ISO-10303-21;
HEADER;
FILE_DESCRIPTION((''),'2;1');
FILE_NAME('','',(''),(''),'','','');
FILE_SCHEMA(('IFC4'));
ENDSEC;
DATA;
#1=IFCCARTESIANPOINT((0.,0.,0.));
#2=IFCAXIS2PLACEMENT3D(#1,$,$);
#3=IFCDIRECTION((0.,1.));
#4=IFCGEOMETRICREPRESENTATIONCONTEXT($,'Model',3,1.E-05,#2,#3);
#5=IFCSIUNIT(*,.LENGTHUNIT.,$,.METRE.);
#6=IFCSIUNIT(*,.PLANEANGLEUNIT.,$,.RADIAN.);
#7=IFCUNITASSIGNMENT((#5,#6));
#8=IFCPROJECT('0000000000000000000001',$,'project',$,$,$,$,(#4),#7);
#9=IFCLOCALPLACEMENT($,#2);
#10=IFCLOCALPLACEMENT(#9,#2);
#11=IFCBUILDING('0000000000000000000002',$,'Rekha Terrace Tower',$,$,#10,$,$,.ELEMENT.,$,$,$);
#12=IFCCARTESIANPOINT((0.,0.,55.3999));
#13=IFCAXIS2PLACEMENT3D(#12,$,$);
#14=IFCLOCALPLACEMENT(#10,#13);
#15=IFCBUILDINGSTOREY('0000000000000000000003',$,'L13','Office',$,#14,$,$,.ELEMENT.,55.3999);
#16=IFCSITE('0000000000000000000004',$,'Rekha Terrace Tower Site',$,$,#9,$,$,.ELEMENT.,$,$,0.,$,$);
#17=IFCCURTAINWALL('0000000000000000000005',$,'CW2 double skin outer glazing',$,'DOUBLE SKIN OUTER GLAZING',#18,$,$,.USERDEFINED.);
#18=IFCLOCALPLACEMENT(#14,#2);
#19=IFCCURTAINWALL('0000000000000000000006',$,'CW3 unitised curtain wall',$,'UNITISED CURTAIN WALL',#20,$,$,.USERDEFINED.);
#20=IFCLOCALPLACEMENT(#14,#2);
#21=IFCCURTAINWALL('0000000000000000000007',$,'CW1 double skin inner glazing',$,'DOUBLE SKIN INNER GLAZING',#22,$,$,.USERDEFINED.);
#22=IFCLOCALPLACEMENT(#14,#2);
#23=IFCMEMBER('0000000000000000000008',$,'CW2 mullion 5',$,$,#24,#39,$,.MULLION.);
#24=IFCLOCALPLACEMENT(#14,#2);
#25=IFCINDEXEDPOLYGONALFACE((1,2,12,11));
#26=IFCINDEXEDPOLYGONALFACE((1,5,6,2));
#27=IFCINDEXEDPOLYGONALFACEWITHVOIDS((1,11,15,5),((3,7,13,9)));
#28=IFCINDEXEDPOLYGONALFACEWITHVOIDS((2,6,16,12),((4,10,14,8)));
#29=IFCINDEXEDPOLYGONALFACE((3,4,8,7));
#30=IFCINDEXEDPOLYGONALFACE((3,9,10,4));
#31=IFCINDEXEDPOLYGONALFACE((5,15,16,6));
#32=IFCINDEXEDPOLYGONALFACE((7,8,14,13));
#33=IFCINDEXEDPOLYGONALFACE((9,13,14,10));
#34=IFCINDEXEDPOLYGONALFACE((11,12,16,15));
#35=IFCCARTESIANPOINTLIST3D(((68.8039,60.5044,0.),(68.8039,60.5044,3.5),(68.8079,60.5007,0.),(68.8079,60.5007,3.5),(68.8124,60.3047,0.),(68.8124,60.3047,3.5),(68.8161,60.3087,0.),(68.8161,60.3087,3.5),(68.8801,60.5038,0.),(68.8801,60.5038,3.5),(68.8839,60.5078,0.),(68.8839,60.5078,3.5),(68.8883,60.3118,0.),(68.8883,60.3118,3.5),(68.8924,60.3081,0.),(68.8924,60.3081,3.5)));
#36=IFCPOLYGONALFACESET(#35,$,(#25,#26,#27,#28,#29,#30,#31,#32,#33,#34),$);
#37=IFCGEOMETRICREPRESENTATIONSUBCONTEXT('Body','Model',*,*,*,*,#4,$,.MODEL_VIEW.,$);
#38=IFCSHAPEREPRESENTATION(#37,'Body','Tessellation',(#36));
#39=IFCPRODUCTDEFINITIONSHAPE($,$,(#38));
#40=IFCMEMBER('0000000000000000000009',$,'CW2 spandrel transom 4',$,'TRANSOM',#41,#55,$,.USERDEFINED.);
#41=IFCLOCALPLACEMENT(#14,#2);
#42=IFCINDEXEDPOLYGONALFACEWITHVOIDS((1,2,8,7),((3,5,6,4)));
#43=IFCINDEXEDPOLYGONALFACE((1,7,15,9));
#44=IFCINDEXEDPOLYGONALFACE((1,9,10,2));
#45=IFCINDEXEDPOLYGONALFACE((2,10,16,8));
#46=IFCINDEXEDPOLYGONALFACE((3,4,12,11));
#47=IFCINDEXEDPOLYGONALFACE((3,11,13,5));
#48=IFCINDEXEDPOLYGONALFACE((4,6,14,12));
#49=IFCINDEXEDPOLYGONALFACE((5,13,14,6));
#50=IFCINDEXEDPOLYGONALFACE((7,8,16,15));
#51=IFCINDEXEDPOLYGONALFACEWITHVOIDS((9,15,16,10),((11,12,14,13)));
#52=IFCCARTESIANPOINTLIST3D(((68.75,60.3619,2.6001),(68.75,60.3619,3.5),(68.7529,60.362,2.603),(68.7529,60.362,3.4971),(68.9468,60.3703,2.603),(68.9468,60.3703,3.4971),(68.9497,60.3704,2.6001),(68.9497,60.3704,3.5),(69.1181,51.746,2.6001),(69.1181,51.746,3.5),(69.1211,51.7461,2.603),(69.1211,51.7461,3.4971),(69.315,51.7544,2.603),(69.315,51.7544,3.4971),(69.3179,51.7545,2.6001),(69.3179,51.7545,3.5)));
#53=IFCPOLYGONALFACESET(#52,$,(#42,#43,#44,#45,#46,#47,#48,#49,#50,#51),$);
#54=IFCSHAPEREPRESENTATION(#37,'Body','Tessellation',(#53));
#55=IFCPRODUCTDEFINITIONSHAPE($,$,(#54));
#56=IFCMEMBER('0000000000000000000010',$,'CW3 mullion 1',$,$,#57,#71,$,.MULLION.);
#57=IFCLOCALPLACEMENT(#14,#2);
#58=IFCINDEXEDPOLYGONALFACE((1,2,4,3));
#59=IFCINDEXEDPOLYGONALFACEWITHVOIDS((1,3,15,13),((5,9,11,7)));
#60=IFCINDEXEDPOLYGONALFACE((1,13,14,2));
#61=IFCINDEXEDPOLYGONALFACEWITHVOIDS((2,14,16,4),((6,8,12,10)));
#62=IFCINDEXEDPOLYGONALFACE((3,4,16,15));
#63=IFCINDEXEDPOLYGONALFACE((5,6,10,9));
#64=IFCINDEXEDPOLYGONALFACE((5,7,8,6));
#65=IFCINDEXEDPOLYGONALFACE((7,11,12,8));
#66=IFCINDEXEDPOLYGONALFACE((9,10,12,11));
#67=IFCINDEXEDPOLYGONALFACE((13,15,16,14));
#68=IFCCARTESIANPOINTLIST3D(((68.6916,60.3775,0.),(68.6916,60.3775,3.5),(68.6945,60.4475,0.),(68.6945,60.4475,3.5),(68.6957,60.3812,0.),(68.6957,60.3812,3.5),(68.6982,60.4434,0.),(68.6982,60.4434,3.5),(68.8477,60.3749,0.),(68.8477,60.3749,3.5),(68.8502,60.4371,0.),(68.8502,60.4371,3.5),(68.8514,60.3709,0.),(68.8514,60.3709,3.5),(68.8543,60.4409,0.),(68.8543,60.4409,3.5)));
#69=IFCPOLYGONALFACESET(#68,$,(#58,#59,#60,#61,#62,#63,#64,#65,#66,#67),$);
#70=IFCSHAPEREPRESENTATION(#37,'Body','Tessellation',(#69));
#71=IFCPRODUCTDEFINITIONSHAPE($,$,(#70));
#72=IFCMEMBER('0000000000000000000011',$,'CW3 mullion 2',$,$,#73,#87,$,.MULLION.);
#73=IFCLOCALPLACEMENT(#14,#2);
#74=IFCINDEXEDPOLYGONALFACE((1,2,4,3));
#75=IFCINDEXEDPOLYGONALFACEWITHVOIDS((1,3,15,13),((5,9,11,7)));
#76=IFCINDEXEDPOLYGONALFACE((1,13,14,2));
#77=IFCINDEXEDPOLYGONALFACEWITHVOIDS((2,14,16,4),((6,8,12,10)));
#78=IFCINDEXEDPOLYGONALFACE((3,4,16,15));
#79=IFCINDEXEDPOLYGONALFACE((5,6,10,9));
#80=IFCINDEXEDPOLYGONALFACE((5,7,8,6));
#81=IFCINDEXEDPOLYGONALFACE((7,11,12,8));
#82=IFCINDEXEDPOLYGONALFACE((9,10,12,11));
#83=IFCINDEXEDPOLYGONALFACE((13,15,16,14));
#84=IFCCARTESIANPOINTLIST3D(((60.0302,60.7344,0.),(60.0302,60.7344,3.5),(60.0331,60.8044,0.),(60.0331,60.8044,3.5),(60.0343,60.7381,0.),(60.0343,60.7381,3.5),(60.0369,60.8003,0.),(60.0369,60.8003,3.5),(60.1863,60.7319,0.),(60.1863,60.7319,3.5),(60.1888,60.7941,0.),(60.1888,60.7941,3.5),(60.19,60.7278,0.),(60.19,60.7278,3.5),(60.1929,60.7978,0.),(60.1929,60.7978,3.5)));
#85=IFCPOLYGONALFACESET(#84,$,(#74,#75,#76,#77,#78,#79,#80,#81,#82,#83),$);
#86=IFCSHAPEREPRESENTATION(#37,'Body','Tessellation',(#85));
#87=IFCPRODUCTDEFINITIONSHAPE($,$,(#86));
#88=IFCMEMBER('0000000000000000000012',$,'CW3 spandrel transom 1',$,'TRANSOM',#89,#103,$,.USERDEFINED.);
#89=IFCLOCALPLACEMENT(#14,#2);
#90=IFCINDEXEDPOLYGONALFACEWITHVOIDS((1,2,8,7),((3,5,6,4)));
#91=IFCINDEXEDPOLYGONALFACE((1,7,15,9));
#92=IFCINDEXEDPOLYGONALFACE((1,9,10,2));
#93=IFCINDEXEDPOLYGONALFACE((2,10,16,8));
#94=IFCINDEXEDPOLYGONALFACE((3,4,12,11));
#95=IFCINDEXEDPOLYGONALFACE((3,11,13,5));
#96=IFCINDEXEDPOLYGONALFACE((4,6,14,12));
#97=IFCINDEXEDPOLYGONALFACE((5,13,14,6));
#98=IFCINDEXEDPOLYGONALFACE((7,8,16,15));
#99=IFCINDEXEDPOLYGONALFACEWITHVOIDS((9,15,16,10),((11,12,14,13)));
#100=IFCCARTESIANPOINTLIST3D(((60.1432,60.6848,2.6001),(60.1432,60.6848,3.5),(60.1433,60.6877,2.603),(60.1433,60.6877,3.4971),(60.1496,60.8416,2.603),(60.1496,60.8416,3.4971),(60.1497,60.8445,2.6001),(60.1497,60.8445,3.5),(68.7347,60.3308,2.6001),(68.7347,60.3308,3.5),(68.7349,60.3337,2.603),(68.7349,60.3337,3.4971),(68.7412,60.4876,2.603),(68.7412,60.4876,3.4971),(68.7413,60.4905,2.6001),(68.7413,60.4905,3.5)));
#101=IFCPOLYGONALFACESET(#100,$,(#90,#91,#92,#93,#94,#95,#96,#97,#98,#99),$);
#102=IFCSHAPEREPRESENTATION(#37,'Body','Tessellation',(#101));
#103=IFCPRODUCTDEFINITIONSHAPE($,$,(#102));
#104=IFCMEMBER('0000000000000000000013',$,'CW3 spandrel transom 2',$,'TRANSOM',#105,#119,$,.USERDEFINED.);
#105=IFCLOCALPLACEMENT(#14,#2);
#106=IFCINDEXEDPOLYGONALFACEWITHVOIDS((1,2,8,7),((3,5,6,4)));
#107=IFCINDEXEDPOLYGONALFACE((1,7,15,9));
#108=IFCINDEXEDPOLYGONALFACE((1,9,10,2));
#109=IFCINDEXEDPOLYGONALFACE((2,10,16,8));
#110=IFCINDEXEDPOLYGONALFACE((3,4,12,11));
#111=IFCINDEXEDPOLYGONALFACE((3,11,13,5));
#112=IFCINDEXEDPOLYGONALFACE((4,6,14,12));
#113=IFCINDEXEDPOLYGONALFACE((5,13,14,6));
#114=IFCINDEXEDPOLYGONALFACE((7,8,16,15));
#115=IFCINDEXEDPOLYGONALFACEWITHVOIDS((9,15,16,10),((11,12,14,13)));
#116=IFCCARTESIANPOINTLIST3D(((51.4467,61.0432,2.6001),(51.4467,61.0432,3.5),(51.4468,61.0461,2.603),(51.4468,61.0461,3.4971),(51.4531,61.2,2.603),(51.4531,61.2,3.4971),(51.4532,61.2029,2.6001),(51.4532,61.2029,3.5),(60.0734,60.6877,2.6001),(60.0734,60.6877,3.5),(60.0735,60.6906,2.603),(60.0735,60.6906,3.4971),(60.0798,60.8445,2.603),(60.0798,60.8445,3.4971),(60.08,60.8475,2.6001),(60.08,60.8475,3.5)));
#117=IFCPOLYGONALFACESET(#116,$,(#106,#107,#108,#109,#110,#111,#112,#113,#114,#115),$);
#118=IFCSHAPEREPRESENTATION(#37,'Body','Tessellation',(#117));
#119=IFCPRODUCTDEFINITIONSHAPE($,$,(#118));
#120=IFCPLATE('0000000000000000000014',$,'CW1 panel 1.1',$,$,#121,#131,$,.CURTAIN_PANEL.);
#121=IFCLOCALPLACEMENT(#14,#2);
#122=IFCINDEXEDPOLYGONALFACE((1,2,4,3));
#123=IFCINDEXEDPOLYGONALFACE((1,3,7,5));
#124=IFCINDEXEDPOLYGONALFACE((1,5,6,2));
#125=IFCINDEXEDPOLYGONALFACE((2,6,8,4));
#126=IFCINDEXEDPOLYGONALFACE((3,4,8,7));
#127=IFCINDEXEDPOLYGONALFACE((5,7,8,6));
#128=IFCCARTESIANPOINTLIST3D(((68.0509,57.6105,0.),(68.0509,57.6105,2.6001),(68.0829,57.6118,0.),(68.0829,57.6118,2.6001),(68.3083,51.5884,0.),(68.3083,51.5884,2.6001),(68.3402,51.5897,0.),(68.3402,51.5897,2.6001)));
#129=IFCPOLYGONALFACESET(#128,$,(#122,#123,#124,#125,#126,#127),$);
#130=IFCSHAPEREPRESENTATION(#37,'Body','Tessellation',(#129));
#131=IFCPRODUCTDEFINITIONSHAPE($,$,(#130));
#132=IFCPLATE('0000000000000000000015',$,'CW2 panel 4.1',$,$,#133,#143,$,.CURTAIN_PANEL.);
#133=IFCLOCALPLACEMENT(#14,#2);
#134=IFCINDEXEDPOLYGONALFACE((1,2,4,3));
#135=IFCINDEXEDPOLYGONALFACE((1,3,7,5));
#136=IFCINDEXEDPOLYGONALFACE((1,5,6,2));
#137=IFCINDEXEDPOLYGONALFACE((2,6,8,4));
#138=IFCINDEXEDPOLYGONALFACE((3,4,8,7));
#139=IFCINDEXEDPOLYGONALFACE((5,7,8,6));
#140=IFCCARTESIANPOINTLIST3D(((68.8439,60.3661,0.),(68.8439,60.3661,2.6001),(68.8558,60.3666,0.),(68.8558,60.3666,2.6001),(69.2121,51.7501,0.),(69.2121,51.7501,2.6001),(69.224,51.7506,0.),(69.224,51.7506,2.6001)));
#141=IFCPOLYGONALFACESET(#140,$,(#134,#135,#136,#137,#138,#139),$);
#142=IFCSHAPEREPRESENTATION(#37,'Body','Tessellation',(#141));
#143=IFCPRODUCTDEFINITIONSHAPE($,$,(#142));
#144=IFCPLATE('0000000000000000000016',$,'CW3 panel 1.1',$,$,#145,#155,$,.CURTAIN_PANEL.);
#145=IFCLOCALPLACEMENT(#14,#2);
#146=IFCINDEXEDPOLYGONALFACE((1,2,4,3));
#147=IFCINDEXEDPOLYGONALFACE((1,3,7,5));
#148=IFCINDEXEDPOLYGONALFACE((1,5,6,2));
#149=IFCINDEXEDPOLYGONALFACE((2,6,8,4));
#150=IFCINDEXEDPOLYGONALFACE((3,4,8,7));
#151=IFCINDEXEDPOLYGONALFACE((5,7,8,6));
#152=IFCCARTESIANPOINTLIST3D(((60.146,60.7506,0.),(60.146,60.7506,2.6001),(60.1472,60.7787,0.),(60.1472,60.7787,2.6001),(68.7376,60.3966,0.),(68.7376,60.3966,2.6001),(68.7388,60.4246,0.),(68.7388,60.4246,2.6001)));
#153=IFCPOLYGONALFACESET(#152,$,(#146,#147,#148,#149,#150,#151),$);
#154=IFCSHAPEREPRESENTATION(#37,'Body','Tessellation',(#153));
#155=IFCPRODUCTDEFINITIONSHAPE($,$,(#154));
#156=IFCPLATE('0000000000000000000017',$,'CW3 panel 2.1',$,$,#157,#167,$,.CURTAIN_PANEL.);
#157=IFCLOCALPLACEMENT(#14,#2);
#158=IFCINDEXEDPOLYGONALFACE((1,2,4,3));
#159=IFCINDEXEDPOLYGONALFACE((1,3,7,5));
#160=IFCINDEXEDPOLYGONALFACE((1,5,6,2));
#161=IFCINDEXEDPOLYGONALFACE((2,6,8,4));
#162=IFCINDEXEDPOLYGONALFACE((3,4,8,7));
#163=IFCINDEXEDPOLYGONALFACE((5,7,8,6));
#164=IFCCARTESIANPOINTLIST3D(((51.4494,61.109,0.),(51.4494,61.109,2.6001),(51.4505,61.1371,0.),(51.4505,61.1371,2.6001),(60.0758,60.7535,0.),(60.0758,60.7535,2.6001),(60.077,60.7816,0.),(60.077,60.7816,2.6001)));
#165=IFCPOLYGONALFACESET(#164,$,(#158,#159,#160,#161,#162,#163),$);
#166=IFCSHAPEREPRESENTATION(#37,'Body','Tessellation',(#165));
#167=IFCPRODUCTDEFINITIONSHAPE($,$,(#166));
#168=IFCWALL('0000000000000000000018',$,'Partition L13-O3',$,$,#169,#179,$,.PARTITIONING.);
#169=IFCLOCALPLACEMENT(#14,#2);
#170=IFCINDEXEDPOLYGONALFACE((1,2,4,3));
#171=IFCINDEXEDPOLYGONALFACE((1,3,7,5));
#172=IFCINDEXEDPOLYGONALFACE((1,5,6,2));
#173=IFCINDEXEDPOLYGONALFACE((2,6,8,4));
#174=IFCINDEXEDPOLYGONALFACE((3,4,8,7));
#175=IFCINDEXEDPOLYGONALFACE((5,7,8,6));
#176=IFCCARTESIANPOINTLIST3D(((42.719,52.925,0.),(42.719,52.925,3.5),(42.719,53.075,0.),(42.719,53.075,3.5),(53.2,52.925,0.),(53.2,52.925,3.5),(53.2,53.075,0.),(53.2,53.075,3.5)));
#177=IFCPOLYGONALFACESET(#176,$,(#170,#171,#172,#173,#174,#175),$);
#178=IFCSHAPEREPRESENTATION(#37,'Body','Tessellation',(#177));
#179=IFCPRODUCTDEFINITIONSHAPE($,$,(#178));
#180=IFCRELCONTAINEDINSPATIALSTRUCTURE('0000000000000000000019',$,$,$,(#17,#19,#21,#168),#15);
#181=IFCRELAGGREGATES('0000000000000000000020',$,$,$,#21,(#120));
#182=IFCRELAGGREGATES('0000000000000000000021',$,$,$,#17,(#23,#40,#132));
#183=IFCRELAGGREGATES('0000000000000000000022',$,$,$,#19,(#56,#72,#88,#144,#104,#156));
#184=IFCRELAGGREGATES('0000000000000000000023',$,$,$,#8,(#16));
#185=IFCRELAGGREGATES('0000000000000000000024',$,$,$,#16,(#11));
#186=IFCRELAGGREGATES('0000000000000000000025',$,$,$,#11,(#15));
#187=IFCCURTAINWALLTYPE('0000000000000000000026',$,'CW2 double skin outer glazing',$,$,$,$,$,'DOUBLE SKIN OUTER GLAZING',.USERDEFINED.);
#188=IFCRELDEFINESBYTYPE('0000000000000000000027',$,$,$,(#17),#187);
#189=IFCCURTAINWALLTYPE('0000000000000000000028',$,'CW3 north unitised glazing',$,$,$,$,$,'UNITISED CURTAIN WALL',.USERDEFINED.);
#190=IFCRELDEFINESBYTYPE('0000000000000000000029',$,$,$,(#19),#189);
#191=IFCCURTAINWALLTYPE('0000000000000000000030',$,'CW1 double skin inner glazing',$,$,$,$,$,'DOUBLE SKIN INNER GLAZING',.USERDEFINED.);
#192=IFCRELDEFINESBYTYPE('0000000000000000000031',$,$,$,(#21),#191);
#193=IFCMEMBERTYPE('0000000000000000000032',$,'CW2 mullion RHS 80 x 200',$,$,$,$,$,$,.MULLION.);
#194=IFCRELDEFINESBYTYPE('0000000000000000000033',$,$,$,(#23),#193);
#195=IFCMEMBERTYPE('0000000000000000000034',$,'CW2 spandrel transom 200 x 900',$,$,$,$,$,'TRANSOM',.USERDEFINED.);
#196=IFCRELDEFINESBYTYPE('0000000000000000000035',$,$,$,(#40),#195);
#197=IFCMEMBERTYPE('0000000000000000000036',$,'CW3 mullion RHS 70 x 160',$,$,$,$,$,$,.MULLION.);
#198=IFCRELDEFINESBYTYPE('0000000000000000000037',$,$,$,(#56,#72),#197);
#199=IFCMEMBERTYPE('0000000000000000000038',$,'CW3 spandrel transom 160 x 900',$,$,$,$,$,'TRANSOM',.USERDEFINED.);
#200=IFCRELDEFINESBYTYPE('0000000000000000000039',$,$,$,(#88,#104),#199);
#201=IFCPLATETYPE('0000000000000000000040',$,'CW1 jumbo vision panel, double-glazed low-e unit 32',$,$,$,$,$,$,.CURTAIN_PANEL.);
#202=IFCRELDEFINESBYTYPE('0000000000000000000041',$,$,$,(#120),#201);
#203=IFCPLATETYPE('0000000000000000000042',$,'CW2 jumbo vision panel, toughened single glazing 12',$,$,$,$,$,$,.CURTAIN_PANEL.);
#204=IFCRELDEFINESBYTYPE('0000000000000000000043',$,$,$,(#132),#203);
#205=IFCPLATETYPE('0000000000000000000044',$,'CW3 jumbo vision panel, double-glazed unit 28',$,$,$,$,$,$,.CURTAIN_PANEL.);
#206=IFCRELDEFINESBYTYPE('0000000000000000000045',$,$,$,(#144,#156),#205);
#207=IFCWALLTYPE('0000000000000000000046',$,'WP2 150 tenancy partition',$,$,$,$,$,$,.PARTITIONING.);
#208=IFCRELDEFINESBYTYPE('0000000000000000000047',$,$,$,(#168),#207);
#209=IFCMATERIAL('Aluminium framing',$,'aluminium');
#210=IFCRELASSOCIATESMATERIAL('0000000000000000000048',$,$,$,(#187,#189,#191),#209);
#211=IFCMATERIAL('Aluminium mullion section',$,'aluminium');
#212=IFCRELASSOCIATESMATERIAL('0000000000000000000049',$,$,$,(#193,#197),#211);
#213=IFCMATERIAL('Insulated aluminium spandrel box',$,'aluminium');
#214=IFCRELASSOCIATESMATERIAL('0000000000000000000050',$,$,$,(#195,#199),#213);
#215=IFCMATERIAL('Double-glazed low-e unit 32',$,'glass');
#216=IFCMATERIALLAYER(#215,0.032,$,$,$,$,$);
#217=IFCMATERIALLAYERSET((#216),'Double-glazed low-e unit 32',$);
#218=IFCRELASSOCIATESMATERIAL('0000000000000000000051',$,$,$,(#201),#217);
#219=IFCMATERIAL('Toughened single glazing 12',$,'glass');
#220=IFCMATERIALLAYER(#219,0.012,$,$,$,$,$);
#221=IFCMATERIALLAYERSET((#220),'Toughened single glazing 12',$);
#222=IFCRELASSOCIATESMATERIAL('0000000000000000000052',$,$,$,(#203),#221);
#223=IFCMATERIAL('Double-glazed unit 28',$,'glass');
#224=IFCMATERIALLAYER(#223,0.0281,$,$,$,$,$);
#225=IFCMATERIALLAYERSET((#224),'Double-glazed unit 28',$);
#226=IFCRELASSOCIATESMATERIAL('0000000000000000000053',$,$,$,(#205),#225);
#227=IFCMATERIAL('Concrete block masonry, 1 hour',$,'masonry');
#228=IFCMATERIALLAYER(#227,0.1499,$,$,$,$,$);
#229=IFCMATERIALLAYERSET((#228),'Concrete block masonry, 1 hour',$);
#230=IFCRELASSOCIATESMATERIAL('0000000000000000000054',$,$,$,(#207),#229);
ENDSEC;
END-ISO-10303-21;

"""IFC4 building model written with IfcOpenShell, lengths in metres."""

from ifc_helpers import new_model, si_unit, direction, frame, frame_2d, origin, origin_2d, place, context, subcontext, project, spatial, rectangle, hollow_rectangle, extrude, material, layer, layer_set, material_profile, profile_set, type_object, element, aggregate, save


model = new_model("IFC4")

# Units and contexts
model_context = context("Model", 3, precision=1e-05, world=origin(), true_north=direction((0.0, 1.0)))
body_context = subcontext(model_context, "Body", "Model", "MODEL_VIEW")
ifc_project = project(units=[si_unit("LENGTHUNIT", "METRE"), si_unit("PLANEANGLEUNIT", "RADIAN")], contexts=[model_context])

# Site, building, storey
site_placement = place(None, origin())
site = spatial("IfcSite", under=ifc_project, at=site_placement, Name="Rekha Terrace Tower Site", CompositionType="ELEMENT", RefElevation=0.0)
building_placement = place(site_placement, origin())
building = spatial("IfcBuilding", under=site, at=building_placement, Name="Rekha Terrace Tower", CompositionType="ELEMENT")
storey_placement = place(building_placement, frame((0.0, 0.0, 55.3999)))
storey = spatial("IfcBuildingStorey", under=building, at=storey_placement, Name="L13", Description="Office", CompositionType="ELEMENT", Elevation=55.3999)

# Curtain wall
ifc_material_1 = material(Name="Aluminium framing", Category="aluminium")
curtain_wall_type_1 = type_object("IfcCurtainWallType", Name="CW2 double skin outer glazing", ElementType="DOUBLE SKIN OUTER GLAZING", PredefinedType="USERDEFINED", material=ifc_material_1)
curtain_wall_1_placement = place(storey_placement, origin())
curtain_wall_1 = element("IfcCurtainWall", 1, at=curtain_wall_1_placement, inside=storey, type_object=curtain_wall_type_1, Name="CW2 double skin outer glazing", ObjectType="DOUBLE SKIN OUTER GLAZING", PredefinedType="USERDEFINED")

# Curtain wall
curtain_wall_type_2 = type_object("IfcCurtainWallType", Name="CW3 north unitised glazing", ElementType="UNITISED CURTAIN WALL", PredefinedType="USERDEFINED", material=ifc_material_1)
curtain_wall_2_placement = place(storey_placement, origin())
curtain_wall_2 = element("IfcCurtainWall", 2, at=curtain_wall_2_placement, inside=storey, type_object=curtain_wall_type_2, Name="CW3 unitised curtain wall", ObjectType="UNITISED CURTAIN WALL", PredefinedType="USERDEFINED")

# Shared definitions
curtain_wall_type_3 = type_object("IfcCurtainWallType", Name="CW1 double skin inner glazing", ElementType="DOUBLE SKIN INNER GLAZING", PredefinedType="USERDEFINED", material=ifc_material_1)
ifc_material_2 = material(Name="Aluminium mullion section", Category="aluminium")

# Curtain wall
curtain_wall_3_placement = place(storey_placement, origin())
curtain_wall_3 = element("IfcCurtainWall", 3, at=curtain_wall_3_placement, inside=storey, type_object=curtain_wall_type_3, Name="CW1 double skin inner glazing", ObjectType="DOUBLE SKIN INNER GLAZING", PredefinedType="USERDEFINED")
ifc_material_3 = material(Name="Insulated aluminium spandrel box", Category="aluminium")

# Members
ifc_material_profile_1 = material_profile(ifc_material_2, hollow_rectangle(XDim=0.0801, YDim=0.2, WallThickness=0.0039, at=origin_2d()), Name="AL RHS 80x200")
ifc_profile_set_1 = profile_set([ifc_material_profile_1], Name="Aluminium mullion section")
member_type_1 = type_object("IfcMemberType", Name="CW2 mullion RHS 80 x 200", PredefinedType="MULLION", material=ifc_profile_set_1)
member_1_placement = place(storey_placement, frame((68.8481, 60.4062, 0.0), z_axis=(0.0, 0.0, 1.0), x_axis=(-0.999088, -0.042696, 0.0)))
member_1 = element("IfcMember", 4, at=member_1_placement, type_object=member_type_1, Name="CW2 mullion 5", PredefinedType="MULLION", context=body_context, shape_type="SweptSolid", body=[
    extrude(hollow_rectangle(XDim=0.0801, YDim=0.2, WallThickness=0.0039, at=origin_2d()), origin(), (0.0, 0.0, 1.0), 3.5),
])
ifc_material_profile_2 = material_profile(ifc_material_3, hollow_rectangle(XDim=0.2, YDim=0.8999, WallThickness=0.0029, at=origin_2d()), Name="AL SPANDREL BOX 200x900")
ifc_profile_set_2 = profile_set([ifc_material_profile_2], Name="Insulated aluminium spandrel box")
member_type_2 = type_object("IfcMemberType", Name="CW2 spandrel transom 200 x 900", ElementType="TRANSOM", PredefinedType="USERDEFINED", material=ifc_profile_set_2)
member_2_placement = place(storey_placement, frame((69.218, 51.7502, 3.05), z_axis=(-0.042691, 0.999088, 0.0), x_axis=(-0.999088, -0.042691, 0.0)))
member_2 = element("IfcMember", 5, at=member_2_placement, type_object=member_type_2, Name="CW2 spandrel transom 4", ObjectType="TRANSOM", PredefinedType="USERDEFINED", context=body_context, shape_type="SweptSolid", body=[
    extrude(hollow_rectangle(XDim=0.2, YDim=0.8999, WallThickness=0.0029, at=origin_2d()), origin(), (0.0, 0.0, 1.0), 8.6238),
])
ifc_material_profile_3 = material_profile(ifc_material_2, hollow_rectangle(XDim=0.0701, YDim=0.1599, WallThickness=0.0039, at=origin_2d()), Name="AL RHS 70x160")
ifc_profile_set_3 = profile_set([ifc_material_profile_3], Name="Aluminium mullion section")
member_type_3 = type_object("IfcMemberType", Name="CW3 mullion RHS 70 x 160", PredefinedType="MULLION", material=ifc_profile_set_3)
member_3_placement = place(storey_placement, frame((68.7729, 60.4092, 0.0), z_axis=(0.0, 0.0, 1.0), x_axis=(-0.041174, -0.999152, 0.0)))
member_3 = element("IfcMember", 6, at=member_3_placement, type_object=member_type_3, Name="CW3 mullion 1", PredefinedType="MULLION", context=body_context, shape_type="SweptSolid", body=[
    extrude(hollow_rectangle(XDim=0.0701, YDim=0.1599, WallThickness=0.0039, at=origin_2d()), origin(), (0.0, 0.0, 1.0), 3.5),
])
member_4_placement = place(storey_placement, frame((60.1116, 60.7661, 0.0), z_axis=(0.0, 0.0, 1.0), x_axis=(-0.041174, -0.999152, 0.0)))
member_4 = element("IfcMember", 7, at=member_4_placement, type_object=member_type_3, Name="CW3 mullion 2", PredefinedType="MULLION", context=body_context, shape_type="SweptSolid", body=[
    extrude(hollow_rectangle(XDim=0.0701, YDim=0.1599, WallThickness=0.0039, at=origin_2d()), origin(), (0.0, 0.0, 1.0), 3.5),
])
ifc_material_profile_4 = material_profile(ifc_material_3, hollow_rectangle(XDim=0.1599, YDim=0.8999, WallThickness=0.0029, at=origin_2d()), Name="AL SPANDREL BOX 160x900")
ifc_profile_set_4 = profile_set([ifc_material_profile_4], Name="Insulated aluminium spandrel box")
member_type_4 = type_object("IfcMemberType", Name="CW3 spandrel transom 160 x 900", ElementType="TRANSOM", PredefinedType="USERDEFINED", material=ifc_profile_set_4)
member_5_placement = place(storey_placement, frame((68.738, 60.4106, 3.05), z_axis=(-0.999152, 0.041169, 0.0), x_axis=(-0.041169, -0.999152, 0.0)))
member_5 = element("IfcMember", 8, at=member_5_placement, type_object=member_type_4, Name="CW3 spandrel transom 1", ObjectType="TRANSOM", PredefinedType="USERDEFINED", context=body_context, shape_type="SweptSolid", body=[
    extrude(hollow_rectangle(XDim=0.1599, YDim=0.8999, WallThickness=0.0029, at=origin_2d()), origin(), (0.0, 0.0, 1.0), 8.5989),
])
member_6_placement = place(storey_placement, frame((60.0767, 60.7676, 3.05), z_axis=(-0.999152, 0.041171, 0.0), x_axis=(-0.041171, -0.999152, 0.0)))
member_6 = element("IfcMember", 9, at=member_6_placement, type_object=member_type_4, Name="CW3 spandrel transom 2", ObjectType="TRANSOM", PredefinedType="USERDEFINED", context=body_context, shape_type="SweptSolid", body=[
    extrude(hollow_rectangle(XDim=0.1599, YDim=0.8999, WallThickness=0.0029, at=origin_2d()), origin(), (0.0, 0.0, 1.0), 8.634),
])

# Plates
ifc_material_4 = material(Name="Double-glazed low-e unit 32", Category="glass")
ifc_layer_1 = layer(ifc_material_4, 0.032)
ifc_layer_set_1 = layer_set([ifc_layer_1], Name="Double-glazed low-e unit 32")
plate_type_1 = type_object("IfcPlateType", Name="CW1 jumbo vision panel, double-glazed low-e unit 32", PredefinedType="CURTAIN_PANEL", material=ifc_layer_set_1)
plate_1_placement = place(storey_placement, frame((68.1956, 54.6001, 0.0), z_axis=(0.0, 0.0, 1.0), x_axis=(-0.042696, 0.999088, 0.0)))
plate_1 = element("IfcPlate", 10, at=plate_1_placement, type_object=plate_type_1, Name="CW1 panel 1.1", PredefinedType="CURTAIN_PANEL", context=body_context, shape_type="SweptSolid", body=[
    extrude(rectangle(XDim=6.0276, YDim=0.032, at=origin_2d()), origin(), (0.0, 0.0, 1.0), 2.6001),
])
aggregate(curtain_wall_3, [plate_1])
ifc_material_5 = material(Name="Toughened single glazing 12", Category="glass")
ifc_layer_2 = layer(ifc_material_5, 0.012)
ifc_layer_set_2 = layer_set([ifc_layer_2], Name="Toughened single glazing 12")
plate_type_2 = type_object("IfcPlateType", Name="CW2 jumbo vision panel, toughened single glazing 12", PredefinedType="CURTAIN_PANEL", material=ifc_layer_set_2)
plate_2_placement = place(storey_placement, frame((69.0339, 56.0583, 0.0), z_axis=(0.0, 0.0, 1.0), x_axis=(-0.042696, 0.999088, 0.0)))
plate_2 = element("IfcPlate", 11, at=plate_2_placement, type_object=plate_type_2, Name="CW2 panel 4.1", PredefinedType="CURTAIN_PANEL", context=body_context, shape_type="SweptSolid", body=[
    extrude(rectangle(XDim=8.6238, YDim=0.012, at=origin_2d()), origin(), (0.0, 0.0, 1.0), 2.6001),
])
aggregate(curtain_wall_1, [member_1, member_2, plate_2])
ifc_material_6 = material(Name="Double-glazed unit 28", Category="glass")
ifc_layer_3 = layer(ifc_material_6, 0.0281)
ifc_layer_set_3 = layer_set([ifc_layer_3], Name="Double-glazed unit 28")
plate_type_3 = type_object("IfcPlateType", Name="CW3 jumbo vision panel, double-glazed unit 28", PredefinedType="CURTAIN_PANEL", material=ifc_layer_set_3)
plate_3_placement = place(storey_placement, frame((64.4424, 60.5876, 0.0), z_axis=(0.0, 0.0, 1.0), x_axis=(-0.999152, 0.041174, 0.0)))
plate_3 = element("IfcPlate", 12, at=plate_3_placement, type_object=plate_type_3, Name="CW3 panel 1.1", PredefinedType="CURTAIN_PANEL", context=body_context, shape_type="SweptSolid", body=[
    extrude(rectangle(XDim=8.5989, YDim=0.0281, at=origin_2d()), origin(), (0.0, 0.0, 1.0), 2.6001),
])
plate_4_placement = place(storey_placement, frame((55.7632, 60.9453, 0.0), z_axis=(0.0, 0.0, 1.0), x_axis=(-0.999152, 0.041174, 0.0)))
plate_4 = element("IfcPlate", 13, at=plate_4_placement, type_object=plate_type_3, Name="CW3 panel 2.1", PredefinedType="CURTAIN_PANEL", context=body_context, shape_type="SweptSolid", body=[
    extrude(rectangle(XDim=8.6338, YDim=0.0281, at=origin_2d()), origin(), (0.0, 0.0, 1.0), 2.6001),
])
aggregate(curtain_wall_2, [member_3, member_4, member_5, plate_3, member_6, plate_4])

# Wall
ifc_material_7 = material(Name="Concrete block masonry, 1 hour", Category="masonry")
ifc_layer_4 = layer(ifc_material_7, 0.1499)
ifc_layer_set_4 = layer_set([ifc_layer_4], Name="Concrete block masonry, 1 hour")
wall_type_1 = type_object("IfcWallType", Name="WP2 150 tenancy partition", PredefinedType="PARTITIONING", material=ifc_layer_set_4)
wall_1_placement = place(storey_placement, frame((53.2, 53.0, 0.0), z_axis=(0.0, 0.0, 1.0), x_axis=(-1.0, 0.0, 0.0)))
element("IfcWall", 14, at=wall_1_placement, inside=storey, type_object=wall_type_1, Name="Partition L13-O3", PredefinedType="PARTITIONING", context=body_context, shape_type="SweptSolid", body=[
    extrude(rectangle(XDim=10.481, YDim=0.1499, at=frame_2d((5.2405, 0.0))), origin(), (0.0, 0.0, 1.0), 3.5),
])

save(model, "model.ifc")
